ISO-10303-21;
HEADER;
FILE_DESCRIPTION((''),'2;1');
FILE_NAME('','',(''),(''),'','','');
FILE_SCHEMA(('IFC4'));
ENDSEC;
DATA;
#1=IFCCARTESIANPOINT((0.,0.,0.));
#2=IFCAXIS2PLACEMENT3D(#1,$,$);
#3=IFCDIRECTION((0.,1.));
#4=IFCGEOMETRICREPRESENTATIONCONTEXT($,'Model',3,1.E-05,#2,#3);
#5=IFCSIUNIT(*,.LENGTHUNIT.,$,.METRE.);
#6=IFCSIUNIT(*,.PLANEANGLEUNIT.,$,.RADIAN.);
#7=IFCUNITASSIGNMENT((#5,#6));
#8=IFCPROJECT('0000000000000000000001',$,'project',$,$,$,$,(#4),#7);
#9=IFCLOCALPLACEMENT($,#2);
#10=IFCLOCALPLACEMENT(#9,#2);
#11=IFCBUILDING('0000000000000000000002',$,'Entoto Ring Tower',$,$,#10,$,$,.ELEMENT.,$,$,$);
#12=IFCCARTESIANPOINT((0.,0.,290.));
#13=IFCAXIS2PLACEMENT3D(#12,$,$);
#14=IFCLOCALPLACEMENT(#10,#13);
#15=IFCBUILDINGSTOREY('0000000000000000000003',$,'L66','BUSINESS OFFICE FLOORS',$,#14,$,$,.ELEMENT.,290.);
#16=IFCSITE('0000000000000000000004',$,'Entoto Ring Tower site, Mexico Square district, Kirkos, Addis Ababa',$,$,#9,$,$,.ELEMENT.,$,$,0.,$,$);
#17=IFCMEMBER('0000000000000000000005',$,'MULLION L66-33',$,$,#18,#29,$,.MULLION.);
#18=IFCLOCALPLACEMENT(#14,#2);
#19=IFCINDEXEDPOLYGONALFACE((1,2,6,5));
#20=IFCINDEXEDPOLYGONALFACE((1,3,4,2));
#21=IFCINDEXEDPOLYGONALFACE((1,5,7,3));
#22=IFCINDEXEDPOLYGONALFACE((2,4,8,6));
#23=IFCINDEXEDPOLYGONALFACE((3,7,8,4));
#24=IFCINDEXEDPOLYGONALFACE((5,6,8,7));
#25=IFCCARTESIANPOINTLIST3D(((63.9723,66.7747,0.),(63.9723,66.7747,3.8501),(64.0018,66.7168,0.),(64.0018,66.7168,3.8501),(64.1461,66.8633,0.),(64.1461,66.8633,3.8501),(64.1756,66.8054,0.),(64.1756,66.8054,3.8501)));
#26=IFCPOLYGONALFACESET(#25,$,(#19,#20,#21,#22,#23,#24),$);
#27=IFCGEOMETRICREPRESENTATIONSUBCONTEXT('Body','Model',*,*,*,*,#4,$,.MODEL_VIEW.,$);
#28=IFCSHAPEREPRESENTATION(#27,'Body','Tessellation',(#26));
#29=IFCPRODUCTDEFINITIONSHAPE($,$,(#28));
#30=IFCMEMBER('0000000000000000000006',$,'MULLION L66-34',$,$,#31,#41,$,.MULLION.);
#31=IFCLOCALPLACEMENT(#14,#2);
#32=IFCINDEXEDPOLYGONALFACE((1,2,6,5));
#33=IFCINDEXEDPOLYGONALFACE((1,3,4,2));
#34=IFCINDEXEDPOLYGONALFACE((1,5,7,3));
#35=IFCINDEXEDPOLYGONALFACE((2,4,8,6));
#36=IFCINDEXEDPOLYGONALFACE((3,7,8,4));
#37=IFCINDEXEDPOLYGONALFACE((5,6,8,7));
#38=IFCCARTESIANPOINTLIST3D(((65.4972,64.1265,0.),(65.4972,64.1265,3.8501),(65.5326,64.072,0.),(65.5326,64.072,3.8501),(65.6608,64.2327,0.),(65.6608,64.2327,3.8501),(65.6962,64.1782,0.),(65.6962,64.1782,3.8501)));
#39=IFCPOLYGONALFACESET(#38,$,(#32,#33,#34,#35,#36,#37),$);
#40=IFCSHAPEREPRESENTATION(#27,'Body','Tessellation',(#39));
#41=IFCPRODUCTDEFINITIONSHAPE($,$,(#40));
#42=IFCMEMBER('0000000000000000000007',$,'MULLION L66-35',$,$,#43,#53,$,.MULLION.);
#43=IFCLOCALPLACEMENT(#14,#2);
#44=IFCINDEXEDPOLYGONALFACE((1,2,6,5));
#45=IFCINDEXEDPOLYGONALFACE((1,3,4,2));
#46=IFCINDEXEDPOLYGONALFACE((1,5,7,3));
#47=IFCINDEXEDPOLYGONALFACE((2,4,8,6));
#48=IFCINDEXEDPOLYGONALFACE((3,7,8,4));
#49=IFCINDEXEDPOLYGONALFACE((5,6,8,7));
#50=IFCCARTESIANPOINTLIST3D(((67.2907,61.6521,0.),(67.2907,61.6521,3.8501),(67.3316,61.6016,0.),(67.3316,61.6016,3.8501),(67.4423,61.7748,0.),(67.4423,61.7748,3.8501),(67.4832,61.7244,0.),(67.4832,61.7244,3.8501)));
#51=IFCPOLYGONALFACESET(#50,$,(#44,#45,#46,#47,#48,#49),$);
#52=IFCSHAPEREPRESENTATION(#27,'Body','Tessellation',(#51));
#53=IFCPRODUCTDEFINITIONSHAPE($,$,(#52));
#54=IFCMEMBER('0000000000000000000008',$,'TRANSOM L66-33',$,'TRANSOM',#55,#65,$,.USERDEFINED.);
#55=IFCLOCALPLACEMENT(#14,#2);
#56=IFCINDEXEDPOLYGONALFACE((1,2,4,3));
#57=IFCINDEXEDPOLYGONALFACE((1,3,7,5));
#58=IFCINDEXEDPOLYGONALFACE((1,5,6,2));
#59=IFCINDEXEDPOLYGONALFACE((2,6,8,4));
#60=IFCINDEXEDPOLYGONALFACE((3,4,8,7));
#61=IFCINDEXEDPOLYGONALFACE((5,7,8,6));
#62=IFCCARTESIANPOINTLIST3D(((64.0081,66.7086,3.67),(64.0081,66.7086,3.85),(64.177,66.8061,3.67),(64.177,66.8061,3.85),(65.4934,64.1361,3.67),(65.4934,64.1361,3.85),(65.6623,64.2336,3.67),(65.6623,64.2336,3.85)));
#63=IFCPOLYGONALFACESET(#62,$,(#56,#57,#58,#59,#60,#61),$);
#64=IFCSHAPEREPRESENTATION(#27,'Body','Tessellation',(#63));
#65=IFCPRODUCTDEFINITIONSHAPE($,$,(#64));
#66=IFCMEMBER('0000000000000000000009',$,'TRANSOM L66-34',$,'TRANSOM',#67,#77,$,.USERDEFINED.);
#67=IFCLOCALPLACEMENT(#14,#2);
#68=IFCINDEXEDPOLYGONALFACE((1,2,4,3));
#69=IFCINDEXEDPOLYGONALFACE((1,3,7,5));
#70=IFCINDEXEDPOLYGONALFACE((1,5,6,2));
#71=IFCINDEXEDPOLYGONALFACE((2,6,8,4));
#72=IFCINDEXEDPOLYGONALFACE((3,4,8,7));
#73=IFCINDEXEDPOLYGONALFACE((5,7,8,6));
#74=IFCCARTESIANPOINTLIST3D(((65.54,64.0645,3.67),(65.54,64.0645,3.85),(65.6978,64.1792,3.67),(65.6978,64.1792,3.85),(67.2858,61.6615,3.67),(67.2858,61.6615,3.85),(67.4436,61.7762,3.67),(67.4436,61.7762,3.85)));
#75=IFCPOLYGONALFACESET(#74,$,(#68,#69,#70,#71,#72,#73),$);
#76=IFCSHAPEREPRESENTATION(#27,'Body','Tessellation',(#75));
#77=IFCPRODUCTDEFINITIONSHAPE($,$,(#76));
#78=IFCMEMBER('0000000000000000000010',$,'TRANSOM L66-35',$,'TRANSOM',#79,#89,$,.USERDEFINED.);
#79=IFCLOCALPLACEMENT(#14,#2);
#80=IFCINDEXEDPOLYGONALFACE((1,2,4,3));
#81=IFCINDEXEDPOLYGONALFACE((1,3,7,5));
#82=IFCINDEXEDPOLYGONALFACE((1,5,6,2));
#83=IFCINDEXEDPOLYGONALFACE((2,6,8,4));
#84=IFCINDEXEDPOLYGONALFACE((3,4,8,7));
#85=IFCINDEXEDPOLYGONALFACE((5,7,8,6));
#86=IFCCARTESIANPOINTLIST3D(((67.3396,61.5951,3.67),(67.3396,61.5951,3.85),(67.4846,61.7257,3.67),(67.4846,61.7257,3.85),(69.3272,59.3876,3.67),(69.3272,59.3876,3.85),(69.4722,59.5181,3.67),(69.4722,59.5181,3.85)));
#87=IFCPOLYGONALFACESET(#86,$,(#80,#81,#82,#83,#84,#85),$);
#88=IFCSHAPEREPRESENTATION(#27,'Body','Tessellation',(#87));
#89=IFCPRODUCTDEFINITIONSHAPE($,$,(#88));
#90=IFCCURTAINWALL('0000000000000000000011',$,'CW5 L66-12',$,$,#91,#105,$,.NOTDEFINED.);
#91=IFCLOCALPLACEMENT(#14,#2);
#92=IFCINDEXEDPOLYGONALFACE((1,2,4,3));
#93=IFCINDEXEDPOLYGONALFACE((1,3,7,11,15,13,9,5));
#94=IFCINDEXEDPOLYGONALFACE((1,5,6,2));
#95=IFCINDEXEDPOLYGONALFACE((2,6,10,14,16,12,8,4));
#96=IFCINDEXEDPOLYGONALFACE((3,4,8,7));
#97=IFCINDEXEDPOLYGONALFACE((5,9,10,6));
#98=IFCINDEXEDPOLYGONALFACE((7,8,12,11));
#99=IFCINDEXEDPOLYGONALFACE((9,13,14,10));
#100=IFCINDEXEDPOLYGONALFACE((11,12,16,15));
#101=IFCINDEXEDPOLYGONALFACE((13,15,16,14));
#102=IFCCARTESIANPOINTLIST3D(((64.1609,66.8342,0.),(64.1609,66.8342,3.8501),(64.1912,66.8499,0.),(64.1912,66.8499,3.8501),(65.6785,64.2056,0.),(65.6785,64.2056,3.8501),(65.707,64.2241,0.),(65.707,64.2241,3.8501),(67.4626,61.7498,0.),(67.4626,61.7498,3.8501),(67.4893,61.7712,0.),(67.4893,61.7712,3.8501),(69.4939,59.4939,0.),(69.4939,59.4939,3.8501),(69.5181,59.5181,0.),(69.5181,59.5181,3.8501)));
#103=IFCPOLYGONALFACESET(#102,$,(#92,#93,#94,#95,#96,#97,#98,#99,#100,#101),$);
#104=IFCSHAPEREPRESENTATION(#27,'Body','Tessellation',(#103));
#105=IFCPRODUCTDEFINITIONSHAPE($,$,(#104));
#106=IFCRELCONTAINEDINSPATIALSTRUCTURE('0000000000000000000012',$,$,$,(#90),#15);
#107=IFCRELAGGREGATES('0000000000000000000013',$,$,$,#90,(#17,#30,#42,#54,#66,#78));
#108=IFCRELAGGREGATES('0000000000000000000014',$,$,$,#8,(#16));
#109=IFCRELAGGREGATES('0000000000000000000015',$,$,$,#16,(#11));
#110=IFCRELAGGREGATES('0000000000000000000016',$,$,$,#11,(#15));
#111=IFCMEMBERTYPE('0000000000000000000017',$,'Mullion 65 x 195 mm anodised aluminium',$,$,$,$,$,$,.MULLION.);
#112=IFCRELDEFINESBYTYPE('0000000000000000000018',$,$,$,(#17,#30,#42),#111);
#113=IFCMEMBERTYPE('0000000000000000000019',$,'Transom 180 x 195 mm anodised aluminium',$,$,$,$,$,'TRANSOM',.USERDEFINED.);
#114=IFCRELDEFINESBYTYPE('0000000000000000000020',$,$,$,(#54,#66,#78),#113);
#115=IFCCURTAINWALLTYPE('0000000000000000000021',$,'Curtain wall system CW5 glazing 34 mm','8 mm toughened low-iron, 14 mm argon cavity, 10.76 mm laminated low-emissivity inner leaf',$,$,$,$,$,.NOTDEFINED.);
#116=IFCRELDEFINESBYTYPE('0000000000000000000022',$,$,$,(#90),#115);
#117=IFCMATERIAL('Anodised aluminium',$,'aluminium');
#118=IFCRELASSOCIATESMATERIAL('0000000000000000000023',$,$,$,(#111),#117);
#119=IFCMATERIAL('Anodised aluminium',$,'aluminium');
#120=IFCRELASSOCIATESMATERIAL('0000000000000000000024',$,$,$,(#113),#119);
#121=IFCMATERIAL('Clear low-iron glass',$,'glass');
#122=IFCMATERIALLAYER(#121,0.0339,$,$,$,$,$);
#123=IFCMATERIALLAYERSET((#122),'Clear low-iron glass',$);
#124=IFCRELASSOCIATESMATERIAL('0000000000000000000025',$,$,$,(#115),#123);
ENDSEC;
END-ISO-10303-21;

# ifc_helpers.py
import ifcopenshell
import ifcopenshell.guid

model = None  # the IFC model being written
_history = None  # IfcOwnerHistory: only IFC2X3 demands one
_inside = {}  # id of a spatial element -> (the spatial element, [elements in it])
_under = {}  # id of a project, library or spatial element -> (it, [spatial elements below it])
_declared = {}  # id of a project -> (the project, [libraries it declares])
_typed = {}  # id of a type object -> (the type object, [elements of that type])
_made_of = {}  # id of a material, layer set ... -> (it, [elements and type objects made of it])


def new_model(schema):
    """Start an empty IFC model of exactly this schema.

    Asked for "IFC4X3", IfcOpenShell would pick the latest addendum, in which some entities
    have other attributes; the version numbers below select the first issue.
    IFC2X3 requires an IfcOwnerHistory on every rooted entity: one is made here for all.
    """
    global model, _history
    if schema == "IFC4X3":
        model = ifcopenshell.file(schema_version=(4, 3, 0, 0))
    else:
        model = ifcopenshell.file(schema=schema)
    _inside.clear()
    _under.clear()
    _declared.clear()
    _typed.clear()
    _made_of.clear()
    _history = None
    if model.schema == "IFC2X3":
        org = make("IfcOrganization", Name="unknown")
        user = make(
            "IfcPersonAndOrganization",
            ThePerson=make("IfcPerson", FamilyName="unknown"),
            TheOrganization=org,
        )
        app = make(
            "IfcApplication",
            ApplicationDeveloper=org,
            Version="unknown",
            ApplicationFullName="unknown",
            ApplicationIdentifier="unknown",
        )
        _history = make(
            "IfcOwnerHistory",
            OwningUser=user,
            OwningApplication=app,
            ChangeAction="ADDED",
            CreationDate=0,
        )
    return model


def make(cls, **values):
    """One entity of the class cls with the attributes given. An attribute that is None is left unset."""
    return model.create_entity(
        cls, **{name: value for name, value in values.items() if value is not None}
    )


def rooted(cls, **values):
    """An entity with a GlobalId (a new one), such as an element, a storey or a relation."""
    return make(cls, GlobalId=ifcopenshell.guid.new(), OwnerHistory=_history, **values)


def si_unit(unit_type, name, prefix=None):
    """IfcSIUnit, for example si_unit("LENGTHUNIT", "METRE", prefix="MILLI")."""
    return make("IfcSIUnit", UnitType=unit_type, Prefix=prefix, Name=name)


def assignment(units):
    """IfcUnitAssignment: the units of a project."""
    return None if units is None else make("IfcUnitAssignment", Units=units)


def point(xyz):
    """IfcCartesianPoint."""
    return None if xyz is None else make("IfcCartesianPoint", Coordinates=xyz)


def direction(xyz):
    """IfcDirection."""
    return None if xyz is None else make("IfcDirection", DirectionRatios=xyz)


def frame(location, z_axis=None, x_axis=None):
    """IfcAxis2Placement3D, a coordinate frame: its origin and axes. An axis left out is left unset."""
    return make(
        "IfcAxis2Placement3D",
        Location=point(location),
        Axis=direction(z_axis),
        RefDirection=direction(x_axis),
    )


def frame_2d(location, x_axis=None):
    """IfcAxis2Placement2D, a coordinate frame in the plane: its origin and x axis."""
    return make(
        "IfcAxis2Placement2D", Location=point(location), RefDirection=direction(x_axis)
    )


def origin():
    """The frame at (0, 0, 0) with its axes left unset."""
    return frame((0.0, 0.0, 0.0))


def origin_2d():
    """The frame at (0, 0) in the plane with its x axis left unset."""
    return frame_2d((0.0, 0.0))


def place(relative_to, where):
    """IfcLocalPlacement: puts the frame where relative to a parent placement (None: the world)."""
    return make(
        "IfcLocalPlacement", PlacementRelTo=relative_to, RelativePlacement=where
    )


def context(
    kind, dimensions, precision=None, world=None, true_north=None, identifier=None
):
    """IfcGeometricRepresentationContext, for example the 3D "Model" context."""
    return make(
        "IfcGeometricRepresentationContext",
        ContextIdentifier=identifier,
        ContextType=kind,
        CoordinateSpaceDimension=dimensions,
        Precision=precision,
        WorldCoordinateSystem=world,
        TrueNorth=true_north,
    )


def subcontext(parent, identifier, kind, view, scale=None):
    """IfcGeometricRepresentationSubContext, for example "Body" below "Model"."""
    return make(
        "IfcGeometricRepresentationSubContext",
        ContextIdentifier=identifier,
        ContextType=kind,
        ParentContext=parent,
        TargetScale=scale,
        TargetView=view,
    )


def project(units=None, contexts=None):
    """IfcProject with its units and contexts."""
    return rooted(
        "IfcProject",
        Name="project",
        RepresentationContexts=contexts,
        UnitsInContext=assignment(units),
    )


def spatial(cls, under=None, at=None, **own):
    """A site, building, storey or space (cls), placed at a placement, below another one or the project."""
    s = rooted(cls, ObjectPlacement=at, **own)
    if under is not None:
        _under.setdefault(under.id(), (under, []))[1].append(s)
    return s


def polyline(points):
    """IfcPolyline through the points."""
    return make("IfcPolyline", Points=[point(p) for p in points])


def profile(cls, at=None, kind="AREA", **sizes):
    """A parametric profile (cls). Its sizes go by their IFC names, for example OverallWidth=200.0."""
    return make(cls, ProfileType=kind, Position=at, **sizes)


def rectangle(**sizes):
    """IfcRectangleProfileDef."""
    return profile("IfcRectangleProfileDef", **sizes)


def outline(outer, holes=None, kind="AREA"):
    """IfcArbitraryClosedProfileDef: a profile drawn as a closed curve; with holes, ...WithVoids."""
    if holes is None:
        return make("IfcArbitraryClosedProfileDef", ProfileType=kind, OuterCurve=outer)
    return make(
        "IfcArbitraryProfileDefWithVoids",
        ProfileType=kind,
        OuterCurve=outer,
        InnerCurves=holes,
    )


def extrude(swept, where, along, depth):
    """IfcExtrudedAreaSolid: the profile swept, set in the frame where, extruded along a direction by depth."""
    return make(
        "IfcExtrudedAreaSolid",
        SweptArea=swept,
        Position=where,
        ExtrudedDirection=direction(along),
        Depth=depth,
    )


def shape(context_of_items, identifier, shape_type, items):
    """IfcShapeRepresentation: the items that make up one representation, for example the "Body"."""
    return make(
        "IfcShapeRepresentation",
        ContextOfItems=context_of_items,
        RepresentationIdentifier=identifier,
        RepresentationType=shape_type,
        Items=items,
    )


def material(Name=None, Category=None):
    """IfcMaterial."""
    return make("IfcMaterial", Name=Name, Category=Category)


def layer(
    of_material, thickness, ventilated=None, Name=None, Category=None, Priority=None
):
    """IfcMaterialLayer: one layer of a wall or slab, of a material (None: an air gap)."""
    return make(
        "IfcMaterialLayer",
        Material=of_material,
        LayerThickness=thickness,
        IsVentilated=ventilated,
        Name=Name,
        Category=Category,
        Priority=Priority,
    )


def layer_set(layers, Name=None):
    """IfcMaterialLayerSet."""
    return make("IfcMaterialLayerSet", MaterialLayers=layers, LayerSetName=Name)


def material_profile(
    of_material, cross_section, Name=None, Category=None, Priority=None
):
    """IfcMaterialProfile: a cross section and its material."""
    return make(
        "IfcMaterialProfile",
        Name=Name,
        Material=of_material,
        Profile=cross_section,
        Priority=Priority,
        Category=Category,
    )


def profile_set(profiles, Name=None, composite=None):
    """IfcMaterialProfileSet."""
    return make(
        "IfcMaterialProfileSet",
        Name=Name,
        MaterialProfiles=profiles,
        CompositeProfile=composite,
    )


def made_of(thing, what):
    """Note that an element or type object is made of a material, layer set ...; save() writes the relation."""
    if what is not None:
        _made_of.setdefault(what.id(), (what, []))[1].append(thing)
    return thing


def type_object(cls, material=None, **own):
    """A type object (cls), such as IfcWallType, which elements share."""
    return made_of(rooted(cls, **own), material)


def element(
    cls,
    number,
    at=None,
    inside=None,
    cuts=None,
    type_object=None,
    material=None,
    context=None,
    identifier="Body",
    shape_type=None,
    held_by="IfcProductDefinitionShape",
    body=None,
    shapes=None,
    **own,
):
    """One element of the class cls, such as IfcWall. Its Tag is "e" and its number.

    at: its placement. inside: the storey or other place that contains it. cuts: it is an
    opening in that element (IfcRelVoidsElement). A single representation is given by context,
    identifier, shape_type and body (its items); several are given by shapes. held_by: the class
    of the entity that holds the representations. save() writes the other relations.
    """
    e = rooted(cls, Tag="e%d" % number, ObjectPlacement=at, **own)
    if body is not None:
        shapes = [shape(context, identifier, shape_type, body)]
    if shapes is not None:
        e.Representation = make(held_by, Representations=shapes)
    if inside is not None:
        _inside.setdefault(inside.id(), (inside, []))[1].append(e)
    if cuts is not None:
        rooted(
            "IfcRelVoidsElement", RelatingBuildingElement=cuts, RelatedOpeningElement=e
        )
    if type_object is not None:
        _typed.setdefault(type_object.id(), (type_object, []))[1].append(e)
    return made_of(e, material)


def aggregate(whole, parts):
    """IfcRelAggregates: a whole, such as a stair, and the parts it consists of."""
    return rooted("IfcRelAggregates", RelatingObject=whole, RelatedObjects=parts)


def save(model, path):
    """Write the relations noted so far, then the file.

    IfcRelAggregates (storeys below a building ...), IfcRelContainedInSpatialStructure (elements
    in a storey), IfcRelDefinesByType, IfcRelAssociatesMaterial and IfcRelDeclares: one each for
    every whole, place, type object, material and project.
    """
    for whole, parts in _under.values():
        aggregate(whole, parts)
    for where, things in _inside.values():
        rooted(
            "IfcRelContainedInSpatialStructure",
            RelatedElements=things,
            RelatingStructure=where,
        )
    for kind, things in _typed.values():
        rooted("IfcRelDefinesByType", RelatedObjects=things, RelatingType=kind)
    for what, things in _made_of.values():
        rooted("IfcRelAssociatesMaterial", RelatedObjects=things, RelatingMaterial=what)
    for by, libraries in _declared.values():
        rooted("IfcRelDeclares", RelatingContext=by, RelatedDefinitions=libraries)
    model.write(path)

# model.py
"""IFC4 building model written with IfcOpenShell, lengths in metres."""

from ifc_helpers import new_model, si_unit, direction, frame, origin, origin_2d, place, context, subcontext, project, spatial, polyline, rectangle, outline, extrude, material, layer, layer_set, material_profile, profile_set, type_object, element, aggregate, save


model = new_model("IFC4")

# Units and contexts
model_context = context("Model", 3, precision=1e-05, world=origin(), true_north=direction((0.0, 1.0)))
body_context = subcontext(model_context, "Body", "Model", "MODEL_VIEW")
ifc_project = project(units=[si_unit("LENGTHUNIT", "METRE"), si_unit("PLANEANGLEUNIT", "RADIAN")], contexts=[model_context])

# Members
ifc_material_1 = material(Name="Anodised aluminium", Category="aluminium")
ifc_material_profile_1 = material_profile(ifc_material_1, rectangle(XDim=0.0649, YDim=0.1951, at=origin_2d()), Name="Mullion 65 x 195 mm anodised aluminium")
ifc_profile_set_1 = profile_set([ifc_material_profile_1], Name="Anodised aluminium")
member_type_1 = type_object("IfcMemberType", Name="Mullion 65 x 195 mm anodised aluminium", PredefinedType="MULLION", material=ifc_profile_set_1)
site_placement = place(None, origin())
building_placement = place(site_placement, origin())
storey_placement = place(building_placement, frame((0.0, 0.0, 290.0)))
member_1_placement = place(storey_placement, frame((64.074, 66.79, 0.0), z_axis=(0.0, 0.0, 1.0), x_axis=(0.45399, -0.891007, 0.0)))
member_1 = element("IfcMember", 1, at=member_1_placement, type_object=member_type_1, Name="MULLION L66-33", PredefinedType="MULLION", context=body_context, shape_type="SweptSolid", body=[
    extrude(rectangle(XDim=0.0649, YDim=0.1951, at=origin_2d()), origin(), (0.0, 0.0, 1.0), 3.8501),
])
member_2_placement = place(storey_placement, frame((65.5967, 64.1523, 0.0), z_axis=(0.0, 0.0, 1.0), x_axis=(0.544639, -0.838671, 0.0)))
member_2 = element("IfcMember", 2, at=member_2_placement, type_object=member_type_1, Name="MULLION L66-34", PredefinedType="MULLION", context=body_context, shape_type="SweptSolid", body=[
    extrude(rectangle(XDim=0.0649, YDim=0.1951, at=origin_2d()), origin(), (0.0, 0.0, 1.0), 3.8501),
])
member_3_placement = place(storey_placement, frame((67.387, 61.6882, 0.0), z_axis=(0.0, 0.0, 1.0), x_axis=(0.62932, -0.777146, 0.0)))
member_3 = element("IfcMember", 3, at=member_3_placement, type_object=member_type_1, Name="MULLION L66-35", PredefinedType="MULLION", context=body_context, shape_type="SweptSolid", body=[
    extrude(rectangle(XDim=0.0649, YDim=0.1951, at=origin_2d()), origin(), (0.0, 0.0, 1.0), 3.8501),
])
ifc_material_2 = material(Name="Anodised aluminium", Category="aluminium")
ifc_material_profile_2 = material_profile(ifc_material_2, rectangle(XDim=0.1951, YDim=0.1799, at=origin_2d()), Name="Transom 180 x 195 mm anodised aluminium")
ifc_profile_set_2 = profile_set([ifc_material_profile_2], Name="Anodised aluminium")
member_type_2 = type_object("IfcMemberType", Name="Transom 180 x 195 mm anodised aluminium", ElementType="TRANSOM", PredefinedType="USERDEFINED", material=ifc_profile_set_2)
member_4_placement = place(storey_placement, frame((64.0925, 66.7573, 3.76), z_axis=(0.500028, -0.866009, 0.0), x_axis=(0.866009, 0.500028, 0.0)))
member_4 = element("IfcMember", 4, at=member_4_placement, type_object=member_type_2, Name="TRANSOM L66-33", ObjectType="TRANSOM", PredefinedType="USERDEFINED", context=body_context, shape_type="SweptSolid", body=[
    extrude(rectangle(XDim=0.1951, YDim=0.1799, at=origin_2d()), origin(), (0.0, 0.0, 1.0), 2.9705),
])
member_5_placement = place(storey_placement, frame((65.6189, 64.1218, 3.76), z_axis=(0.587766, -0.809031, 0.0), x_axis=(0.809031, 0.587766, 0.0)))
member_5 = element("IfcMember", 5, at=member_5_placement, type_object=member_type_2, Name="TRANSOM L66-34", ObjectType="TRANSOM", PredefinedType="USERDEFINED", context=body_context, shape_type="SweptSolid", body=[
    extrude(rectangle(XDim=0.1951, YDim=0.1799, at=origin_2d()), origin(), (0.0, 0.0, 1.0), 2.9702),
])
member_6_placement = place(storey_placement, frame((67.4121, 61.6604, 3.76), z_axis=(0.66911, -0.743163, 0.0), x_axis=(0.743163, 0.66911, 0.0)))
member_6 = element("IfcMember", 6, at=member_6_placement, type_object=member_type_2, Name="TRANSOM L66-35", ObjectType="TRANSOM", PredefinedType="USERDEFINED", context=body_context, shape_type="SweptSolid", body=[
    extrude(rectangle(XDim=0.1951, YDim=0.1799, at=origin_2d()), origin(), (0.0, 0.0, 1.0), 2.9705),
])

# Site, building, storey
site = spatial("IfcSite", under=ifc_project, at=site_placement, Name="Entoto Ring Tower site, Mexico Square district, Kirkos, Addis Ababa", CompositionType="ELEMENT", RefElevation=0.0)
building = spatial("IfcBuilding", under=site, at=building_placement, Name="Entoto Ring Tower", CompositionType="ELEMENT")
storey = spatial("IfcBuildingStorey", under=building, at=storey_placement, Name="L66", Description="BUSINESS OFFICE FLOORS", CompositionType="ELEMENT", Elevation=290.0)

# Curtain wall
ifc_material_3 = material(Name="Clear low-iron glass", Category="glass")
ifc_layer = layer(ifc_material_3, 0.0339)
ifc_layer_set = layer_set([ifc_layer], Name="Clear low-iron glass")
curtain_wall_type = type_object("IfcCurtainWallType", Name="Curtain wall system CW5 glazing 34 mm", Description="8 mm toughened low-iron, 14 mm argon cavity, 10.76 mm laminated low-emissivity inner leaf", PredefinedType="NOTDEFINED", material=ifc_layer_set)
curtain_wall_1_placement = place(storey_placement, origin())
curtain_wall_1 = element("IfcCurtainWall", 7, at=curtain_wall_1_placement, inside=storey, type_object=curtain_wall_type, Name="CW5 L66-12", PredefinedType="NOTDEFINED", context=body_context, shape_type="SweptSolid", body=[
    extrude(outline(polyline([(64.1609, 66.8342), (65.6785, 64.2056), (67.4626, 61.7498), (69.4939, 59.4939), (69.5181, 59.5181), (67.4893, 61.7712), (65.707, 64.2241), (64.1912, 66.8499), (64.1609, 66.8342)])), origin(), (0.0, 0.0, 1.0), 3.8501),
])
aggregate(curtain_wall_1, [member_1, member_2, member_3, member_4, member_5, member_6])

save(model, "model.ifc")
